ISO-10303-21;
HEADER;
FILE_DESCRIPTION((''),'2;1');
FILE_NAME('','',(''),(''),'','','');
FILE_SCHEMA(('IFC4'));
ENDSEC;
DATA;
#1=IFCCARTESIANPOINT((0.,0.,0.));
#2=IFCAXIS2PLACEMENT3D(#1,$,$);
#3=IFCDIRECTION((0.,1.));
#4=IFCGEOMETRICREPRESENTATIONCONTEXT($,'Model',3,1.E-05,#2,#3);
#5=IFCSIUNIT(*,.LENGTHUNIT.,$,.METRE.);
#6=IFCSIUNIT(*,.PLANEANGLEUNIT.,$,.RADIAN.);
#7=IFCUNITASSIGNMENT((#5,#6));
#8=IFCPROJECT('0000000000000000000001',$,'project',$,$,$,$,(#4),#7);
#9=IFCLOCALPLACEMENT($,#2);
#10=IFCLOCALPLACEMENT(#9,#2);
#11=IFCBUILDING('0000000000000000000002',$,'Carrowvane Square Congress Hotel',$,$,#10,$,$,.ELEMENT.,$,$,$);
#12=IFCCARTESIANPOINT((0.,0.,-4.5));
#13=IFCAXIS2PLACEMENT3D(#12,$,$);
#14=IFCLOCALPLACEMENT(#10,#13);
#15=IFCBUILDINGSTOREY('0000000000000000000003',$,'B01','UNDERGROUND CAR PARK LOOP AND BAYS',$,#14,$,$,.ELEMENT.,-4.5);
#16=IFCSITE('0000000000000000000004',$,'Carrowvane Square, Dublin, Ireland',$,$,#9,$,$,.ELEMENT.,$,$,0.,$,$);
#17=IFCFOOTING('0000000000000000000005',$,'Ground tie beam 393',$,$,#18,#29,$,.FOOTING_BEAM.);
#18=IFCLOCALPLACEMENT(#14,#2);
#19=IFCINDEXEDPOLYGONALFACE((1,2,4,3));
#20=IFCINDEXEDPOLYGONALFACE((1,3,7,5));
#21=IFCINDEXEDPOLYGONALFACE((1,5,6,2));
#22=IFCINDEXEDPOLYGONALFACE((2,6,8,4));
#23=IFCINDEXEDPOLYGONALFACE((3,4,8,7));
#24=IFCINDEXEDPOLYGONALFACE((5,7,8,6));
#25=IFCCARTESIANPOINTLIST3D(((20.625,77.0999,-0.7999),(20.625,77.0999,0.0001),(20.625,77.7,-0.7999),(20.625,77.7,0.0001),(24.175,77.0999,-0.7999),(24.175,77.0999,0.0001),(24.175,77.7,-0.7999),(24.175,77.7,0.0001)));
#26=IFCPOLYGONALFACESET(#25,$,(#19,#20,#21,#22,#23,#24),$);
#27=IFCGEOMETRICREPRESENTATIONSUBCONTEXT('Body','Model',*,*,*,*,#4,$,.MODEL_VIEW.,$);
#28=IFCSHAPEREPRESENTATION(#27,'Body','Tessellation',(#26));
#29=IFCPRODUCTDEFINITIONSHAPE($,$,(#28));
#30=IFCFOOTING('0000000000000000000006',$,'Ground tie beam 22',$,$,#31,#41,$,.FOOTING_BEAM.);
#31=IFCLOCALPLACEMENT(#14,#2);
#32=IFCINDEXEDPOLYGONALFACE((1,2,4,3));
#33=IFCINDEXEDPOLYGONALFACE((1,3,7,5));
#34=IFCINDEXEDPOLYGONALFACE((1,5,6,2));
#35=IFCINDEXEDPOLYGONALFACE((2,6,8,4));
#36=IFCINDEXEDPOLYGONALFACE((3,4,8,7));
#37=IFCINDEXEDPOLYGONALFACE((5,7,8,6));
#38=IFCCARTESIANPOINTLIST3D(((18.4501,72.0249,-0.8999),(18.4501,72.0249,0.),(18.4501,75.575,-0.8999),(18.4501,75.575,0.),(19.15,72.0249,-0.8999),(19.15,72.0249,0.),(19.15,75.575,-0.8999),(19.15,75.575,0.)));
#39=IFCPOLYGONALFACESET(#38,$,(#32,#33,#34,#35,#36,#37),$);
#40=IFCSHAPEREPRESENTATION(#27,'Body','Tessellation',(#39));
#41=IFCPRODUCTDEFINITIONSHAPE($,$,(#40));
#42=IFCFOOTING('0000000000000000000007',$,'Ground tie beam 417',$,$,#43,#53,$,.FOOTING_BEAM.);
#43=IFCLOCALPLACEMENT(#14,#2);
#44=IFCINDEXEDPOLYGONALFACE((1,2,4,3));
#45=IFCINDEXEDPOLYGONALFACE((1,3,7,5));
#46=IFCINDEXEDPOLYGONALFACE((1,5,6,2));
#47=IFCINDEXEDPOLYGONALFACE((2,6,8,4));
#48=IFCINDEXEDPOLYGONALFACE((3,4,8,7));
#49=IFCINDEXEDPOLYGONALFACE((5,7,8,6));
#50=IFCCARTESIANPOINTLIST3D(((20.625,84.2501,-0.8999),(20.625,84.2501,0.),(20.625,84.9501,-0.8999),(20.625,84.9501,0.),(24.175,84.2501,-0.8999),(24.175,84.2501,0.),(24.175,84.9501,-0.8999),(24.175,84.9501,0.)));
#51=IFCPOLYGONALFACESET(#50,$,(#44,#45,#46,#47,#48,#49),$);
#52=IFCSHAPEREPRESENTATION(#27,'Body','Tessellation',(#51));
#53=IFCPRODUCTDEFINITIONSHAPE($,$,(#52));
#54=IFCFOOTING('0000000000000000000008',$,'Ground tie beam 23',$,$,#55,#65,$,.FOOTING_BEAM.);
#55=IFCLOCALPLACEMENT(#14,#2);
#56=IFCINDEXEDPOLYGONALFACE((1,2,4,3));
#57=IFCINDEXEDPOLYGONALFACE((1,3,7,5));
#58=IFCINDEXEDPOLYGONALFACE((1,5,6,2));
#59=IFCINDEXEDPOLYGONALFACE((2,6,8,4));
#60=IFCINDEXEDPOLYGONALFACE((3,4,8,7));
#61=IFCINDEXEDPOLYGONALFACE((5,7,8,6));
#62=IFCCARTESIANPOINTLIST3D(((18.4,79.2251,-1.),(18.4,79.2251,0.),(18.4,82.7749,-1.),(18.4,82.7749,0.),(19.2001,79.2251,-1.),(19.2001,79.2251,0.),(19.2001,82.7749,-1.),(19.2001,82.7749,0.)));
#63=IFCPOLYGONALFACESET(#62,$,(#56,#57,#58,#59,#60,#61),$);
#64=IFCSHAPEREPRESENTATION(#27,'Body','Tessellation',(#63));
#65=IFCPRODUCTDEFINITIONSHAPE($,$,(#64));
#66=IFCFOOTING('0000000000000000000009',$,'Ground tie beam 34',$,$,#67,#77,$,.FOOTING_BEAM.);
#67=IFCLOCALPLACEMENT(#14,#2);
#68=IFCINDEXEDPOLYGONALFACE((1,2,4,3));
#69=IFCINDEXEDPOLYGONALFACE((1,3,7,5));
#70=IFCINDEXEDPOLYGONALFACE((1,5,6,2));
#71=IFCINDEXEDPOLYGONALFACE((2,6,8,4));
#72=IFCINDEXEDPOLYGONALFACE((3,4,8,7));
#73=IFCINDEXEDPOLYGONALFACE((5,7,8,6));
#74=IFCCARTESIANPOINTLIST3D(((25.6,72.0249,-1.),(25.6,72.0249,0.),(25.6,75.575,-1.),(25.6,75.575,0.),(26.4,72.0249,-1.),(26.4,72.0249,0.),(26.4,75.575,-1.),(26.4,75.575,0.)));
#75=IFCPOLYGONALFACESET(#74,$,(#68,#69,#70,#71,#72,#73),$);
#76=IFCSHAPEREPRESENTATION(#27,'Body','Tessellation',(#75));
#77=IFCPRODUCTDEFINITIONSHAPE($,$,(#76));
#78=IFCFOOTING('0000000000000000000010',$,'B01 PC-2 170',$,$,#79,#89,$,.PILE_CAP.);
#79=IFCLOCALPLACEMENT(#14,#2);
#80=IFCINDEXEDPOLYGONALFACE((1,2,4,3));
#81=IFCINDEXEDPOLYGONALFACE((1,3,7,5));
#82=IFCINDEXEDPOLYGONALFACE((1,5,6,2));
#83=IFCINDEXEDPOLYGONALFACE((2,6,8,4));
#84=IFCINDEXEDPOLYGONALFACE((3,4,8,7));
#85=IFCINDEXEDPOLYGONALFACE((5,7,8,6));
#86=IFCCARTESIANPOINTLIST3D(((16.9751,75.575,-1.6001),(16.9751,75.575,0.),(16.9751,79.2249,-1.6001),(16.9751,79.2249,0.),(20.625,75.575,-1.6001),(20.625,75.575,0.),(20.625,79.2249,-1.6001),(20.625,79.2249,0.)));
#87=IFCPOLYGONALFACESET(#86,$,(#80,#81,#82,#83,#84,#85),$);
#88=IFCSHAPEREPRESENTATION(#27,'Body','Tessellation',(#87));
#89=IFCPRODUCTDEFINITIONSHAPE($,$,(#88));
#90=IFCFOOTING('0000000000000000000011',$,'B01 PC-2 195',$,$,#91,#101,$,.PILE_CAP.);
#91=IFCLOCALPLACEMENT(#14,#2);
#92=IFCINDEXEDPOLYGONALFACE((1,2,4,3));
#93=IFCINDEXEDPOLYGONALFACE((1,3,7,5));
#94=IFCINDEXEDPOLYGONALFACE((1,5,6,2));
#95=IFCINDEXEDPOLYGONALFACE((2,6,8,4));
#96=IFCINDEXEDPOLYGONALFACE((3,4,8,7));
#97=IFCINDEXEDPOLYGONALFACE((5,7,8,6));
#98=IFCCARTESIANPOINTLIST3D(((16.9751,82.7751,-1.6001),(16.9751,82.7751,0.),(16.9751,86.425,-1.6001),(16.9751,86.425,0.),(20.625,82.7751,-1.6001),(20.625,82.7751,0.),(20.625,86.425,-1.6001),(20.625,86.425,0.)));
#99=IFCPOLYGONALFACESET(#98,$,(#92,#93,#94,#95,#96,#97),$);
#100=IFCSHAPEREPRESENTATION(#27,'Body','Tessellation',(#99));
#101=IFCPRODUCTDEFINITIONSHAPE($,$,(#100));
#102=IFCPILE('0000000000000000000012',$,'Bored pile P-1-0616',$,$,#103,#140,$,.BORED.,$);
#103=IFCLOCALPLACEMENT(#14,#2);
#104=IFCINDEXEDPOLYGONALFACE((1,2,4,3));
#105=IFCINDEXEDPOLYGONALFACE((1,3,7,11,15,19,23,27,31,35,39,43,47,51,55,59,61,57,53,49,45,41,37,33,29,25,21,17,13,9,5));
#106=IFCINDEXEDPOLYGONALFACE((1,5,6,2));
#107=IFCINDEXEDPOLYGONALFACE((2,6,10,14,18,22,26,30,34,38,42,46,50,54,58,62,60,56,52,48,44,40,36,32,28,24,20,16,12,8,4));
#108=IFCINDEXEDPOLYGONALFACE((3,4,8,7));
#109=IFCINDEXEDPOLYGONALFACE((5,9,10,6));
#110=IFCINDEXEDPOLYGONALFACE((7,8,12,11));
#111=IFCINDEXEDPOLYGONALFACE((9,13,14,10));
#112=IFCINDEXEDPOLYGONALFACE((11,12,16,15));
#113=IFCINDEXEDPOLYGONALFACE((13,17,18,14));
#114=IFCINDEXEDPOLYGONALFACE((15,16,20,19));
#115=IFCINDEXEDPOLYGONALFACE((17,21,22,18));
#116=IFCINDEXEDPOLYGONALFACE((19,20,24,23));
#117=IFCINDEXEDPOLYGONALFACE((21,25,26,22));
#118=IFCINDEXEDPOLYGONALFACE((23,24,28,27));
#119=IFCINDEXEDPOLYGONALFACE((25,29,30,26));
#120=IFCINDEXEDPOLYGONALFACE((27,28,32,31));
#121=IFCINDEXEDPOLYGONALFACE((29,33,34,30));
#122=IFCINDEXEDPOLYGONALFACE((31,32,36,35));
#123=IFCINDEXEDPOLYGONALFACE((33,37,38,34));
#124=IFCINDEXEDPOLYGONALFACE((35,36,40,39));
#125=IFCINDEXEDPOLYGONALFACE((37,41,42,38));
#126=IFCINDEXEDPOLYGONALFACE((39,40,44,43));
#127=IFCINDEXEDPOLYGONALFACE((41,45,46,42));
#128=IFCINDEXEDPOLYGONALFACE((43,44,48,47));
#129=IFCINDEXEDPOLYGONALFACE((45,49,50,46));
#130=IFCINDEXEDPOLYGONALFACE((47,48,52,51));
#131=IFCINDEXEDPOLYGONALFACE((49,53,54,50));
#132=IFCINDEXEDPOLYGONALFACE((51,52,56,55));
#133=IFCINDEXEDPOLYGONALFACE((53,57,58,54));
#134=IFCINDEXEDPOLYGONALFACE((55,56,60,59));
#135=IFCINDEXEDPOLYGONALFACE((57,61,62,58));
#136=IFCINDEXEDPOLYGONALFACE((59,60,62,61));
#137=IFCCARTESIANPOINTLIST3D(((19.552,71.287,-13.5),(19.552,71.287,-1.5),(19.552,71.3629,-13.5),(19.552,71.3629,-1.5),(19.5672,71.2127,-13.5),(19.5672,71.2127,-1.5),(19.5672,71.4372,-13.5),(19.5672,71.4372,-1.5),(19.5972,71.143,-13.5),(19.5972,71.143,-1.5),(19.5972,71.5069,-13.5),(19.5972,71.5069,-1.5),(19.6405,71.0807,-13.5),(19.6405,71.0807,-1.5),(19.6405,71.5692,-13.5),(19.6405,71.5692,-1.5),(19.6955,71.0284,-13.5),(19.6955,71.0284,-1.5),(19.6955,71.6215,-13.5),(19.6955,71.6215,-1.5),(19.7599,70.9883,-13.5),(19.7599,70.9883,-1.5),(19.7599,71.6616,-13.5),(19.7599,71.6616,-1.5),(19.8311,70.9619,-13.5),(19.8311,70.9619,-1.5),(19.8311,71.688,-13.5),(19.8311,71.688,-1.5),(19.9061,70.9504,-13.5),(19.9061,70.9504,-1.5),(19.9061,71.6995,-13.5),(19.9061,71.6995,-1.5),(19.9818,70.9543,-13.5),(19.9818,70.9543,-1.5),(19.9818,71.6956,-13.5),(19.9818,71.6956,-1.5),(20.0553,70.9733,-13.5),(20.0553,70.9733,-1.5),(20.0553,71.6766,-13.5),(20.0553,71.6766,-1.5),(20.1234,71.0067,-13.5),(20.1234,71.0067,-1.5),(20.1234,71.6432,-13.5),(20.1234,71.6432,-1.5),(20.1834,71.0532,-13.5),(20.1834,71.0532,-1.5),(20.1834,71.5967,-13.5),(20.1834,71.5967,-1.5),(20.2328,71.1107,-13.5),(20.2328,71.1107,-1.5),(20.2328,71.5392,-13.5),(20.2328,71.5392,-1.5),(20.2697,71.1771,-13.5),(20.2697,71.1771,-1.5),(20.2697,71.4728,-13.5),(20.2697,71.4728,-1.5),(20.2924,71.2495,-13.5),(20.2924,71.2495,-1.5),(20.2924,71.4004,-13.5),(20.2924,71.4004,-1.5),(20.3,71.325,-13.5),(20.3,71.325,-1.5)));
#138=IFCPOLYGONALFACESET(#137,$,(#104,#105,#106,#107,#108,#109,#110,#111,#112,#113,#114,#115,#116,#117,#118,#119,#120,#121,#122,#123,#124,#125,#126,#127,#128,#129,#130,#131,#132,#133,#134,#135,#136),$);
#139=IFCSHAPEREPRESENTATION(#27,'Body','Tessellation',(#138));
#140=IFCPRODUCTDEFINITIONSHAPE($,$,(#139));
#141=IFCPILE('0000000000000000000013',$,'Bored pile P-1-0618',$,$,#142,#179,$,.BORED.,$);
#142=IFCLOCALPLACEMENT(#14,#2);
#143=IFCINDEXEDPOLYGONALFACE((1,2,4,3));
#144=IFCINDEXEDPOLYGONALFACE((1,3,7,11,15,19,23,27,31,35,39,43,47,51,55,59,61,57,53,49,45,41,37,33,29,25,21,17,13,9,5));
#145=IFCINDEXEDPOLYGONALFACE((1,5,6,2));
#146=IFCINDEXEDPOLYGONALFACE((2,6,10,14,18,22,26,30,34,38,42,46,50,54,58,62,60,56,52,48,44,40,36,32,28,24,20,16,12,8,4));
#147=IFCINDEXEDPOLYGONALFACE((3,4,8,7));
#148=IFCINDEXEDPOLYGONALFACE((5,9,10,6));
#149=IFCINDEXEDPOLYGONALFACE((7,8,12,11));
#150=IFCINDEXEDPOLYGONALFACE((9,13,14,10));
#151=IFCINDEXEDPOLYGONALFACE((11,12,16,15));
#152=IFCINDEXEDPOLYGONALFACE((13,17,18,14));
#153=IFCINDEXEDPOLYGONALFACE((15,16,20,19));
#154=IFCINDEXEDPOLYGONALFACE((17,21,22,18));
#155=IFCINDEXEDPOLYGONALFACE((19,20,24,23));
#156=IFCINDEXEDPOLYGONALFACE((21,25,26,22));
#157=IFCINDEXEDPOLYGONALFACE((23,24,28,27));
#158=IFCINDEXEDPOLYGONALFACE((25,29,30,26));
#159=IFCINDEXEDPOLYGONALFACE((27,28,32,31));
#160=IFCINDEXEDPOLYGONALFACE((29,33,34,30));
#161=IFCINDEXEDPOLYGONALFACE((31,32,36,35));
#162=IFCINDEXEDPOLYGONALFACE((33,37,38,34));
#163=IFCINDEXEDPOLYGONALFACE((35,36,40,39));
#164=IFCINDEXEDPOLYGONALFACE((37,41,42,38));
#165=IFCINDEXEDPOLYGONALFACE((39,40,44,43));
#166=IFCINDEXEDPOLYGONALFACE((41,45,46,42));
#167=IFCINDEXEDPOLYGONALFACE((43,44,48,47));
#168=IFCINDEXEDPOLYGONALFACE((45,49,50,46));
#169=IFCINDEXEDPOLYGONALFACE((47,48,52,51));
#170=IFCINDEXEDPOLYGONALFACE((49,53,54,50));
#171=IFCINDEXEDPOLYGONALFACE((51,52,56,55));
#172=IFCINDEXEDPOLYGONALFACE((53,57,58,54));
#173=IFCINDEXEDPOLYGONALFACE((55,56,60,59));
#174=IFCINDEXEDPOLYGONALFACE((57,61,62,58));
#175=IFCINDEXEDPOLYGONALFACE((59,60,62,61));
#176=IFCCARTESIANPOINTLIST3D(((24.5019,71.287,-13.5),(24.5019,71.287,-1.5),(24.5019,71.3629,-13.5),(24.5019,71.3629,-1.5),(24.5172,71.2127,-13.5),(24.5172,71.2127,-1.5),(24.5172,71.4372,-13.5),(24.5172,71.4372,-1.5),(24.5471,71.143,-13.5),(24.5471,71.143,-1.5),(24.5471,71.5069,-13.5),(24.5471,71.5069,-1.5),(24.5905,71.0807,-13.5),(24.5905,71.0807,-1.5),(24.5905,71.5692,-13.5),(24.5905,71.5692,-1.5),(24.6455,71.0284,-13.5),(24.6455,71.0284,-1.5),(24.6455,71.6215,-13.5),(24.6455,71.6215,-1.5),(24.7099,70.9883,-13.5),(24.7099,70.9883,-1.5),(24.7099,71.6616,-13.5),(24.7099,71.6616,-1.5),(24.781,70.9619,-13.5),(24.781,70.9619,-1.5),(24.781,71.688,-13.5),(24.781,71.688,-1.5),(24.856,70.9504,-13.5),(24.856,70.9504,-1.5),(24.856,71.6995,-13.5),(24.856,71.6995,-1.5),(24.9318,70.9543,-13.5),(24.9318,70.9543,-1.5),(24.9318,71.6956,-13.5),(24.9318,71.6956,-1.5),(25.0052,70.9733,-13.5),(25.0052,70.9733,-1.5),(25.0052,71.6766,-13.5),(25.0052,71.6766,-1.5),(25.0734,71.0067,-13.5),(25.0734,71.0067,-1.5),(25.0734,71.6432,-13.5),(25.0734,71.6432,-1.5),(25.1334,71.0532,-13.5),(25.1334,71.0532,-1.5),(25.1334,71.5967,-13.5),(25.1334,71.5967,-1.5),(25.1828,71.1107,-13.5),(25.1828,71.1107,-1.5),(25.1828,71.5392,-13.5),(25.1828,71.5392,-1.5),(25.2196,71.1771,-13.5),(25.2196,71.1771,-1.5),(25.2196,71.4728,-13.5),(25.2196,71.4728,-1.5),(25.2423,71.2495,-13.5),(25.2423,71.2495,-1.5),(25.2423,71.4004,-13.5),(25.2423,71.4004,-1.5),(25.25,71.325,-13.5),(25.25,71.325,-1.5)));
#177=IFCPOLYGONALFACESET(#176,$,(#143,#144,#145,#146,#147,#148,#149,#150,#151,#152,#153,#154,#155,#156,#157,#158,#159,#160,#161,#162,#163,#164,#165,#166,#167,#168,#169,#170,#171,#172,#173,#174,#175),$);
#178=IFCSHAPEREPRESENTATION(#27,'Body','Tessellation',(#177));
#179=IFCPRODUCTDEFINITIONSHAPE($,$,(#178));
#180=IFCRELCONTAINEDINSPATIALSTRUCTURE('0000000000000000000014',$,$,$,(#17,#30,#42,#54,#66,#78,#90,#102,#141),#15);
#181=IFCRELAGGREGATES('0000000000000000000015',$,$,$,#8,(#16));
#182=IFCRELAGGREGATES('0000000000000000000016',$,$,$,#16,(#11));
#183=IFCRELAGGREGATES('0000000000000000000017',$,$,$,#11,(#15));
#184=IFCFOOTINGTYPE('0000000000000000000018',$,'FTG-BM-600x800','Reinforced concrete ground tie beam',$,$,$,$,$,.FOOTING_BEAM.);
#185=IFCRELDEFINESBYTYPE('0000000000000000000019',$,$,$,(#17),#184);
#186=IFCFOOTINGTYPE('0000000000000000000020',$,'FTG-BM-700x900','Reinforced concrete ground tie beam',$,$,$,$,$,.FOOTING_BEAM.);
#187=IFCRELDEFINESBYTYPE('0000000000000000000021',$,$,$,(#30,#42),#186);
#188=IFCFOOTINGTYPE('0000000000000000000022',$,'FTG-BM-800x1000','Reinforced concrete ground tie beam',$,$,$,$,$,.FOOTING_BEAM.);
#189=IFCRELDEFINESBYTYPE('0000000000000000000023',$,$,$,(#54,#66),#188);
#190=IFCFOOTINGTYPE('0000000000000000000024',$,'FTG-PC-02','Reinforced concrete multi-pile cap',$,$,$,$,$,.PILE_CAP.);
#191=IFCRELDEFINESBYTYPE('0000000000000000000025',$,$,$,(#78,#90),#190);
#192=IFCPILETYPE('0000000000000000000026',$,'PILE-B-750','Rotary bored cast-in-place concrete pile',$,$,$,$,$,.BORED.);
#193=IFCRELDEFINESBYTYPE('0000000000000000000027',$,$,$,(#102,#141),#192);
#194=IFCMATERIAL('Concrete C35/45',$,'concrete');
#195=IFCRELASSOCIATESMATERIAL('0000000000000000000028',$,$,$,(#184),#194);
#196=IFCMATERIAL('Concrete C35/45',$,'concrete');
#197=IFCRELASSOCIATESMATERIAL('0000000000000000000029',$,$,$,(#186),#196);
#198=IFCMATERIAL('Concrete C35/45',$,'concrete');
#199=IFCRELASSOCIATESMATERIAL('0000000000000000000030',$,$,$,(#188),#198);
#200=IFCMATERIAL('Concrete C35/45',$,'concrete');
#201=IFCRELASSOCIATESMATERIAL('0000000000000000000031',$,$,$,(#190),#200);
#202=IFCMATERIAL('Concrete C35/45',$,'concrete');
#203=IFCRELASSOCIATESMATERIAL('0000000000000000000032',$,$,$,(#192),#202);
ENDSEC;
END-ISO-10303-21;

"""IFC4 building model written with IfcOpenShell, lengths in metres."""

from ifc_helpers import new_model, si_unit, direction, frame, origin, origin_2d, place, context, subcontext, project, spatial, rectangle, circle, extrude, material, material_profile, profile_set, type_object, element, save


model = new_model("IFC4")

# Units and contexts
model_context = context("Model", 3, precision=1e-05, world=origin(), true_north=direction((0.0, 1.0)))
body_context = subcontext(model_context, "Body", "Model", "MODEL_VIEW")
ifc_project = project(units=[si_unit("LENGTHUNIT", "METRE"), si_unit("PLANEANGLEUNIT", "RADIAN")], contexts=[model_context])

# Site, building, storey
site_placement = place(None, origin())
site = spatial("IfcSite", under=ifc_project, at=site_placement, Name="Carrowvane Square, Dublin, Ireland", CompositionType="ELEMENT", RefElevation=0.0)
building_placement = place(site_placement, origin())
building = spatial("IfcBuilding", under=site, at=building_placement, Name="Carrowvane Square Congress Hotel", CompositionType="ELEMENT")
storey_placement = place(building_placement, frame((0.0, 0.0, -4.5)))
storey = spatial("IfcBuildingStorey", under=building, at=storey_placement, Name="B01", Description="UNDERGROUND CAR PARK LOOP AND BAYS", CompositionType="ELEMENT", Elevation=-4.5)

# Footings
ifc_material_1 = material(Name="Concrete C35/45", Category="concrete")
ifc_material_profile_1 = material_profile(ifc_material_1, rectangle(XDim=0.6001, YDim=0.8, at=origin_2d()), Name="RC 600x800")
ifc_profile_set_1 = profile_set([ifc_material_profile_1], Name="Concrete C35/45")
footing_type_1 = type_object("IfcFootingType", Name="FTG-BM-600x800", Description="Reinforced concrete ground tie beam", PredefinedType="FOOTING_BEAM", material=ifc_profile_set_1)
footing_1_placement = place(storey_placement, frame((20.625, 77.3999, -0.3999), z_axis=(1.0, 0.0, 0.0), x_axis=(0.0, 1.0, 0.0)))
element("IfcFooting", 1, at=footing_1_placement, inside=storey, type_object=footing_type_1, Name="Ground tie beam 393", PredefinedType="FOOTING_BEAM", context=body_context, shape_type="SweptSolid", body=[
    extrude(rectangle(XDim=0.6001, YDim=0.8, at=origin_2d()), origin(), (0.0, 0.0, 1.0), 3.55),
])
ifc_material_2 = material(Name="Concrete C35/45", Category="concrete")
ifc_material_profile_2 = material_profile(ifc_material_2, rectangle(XDim=0.7, YDim=0.8999, at=origin_2d()), Name="RC 700x900")
ifc_profile_set_2 = profile_set([ifc_material_profile_2], Name="Concrete C35/45")
footing_type_2 = type_object("IfcFootingType", Name="FTG-BM-700x900", Description="Reinforced concrete ground tie beam", PredefinedType="FOOTING_BEAM", material=ifc_profile_set_2)
for number, where, z_axis, x_axis, name in (
    (2, (18.8, 72.0249, -0.45), (0.0, 1.0, 0.0), (-1.0, 0.0, 0.0), "Ground tie beam 22"),
    (3, (20.625, 84.6001, -0.45), (1.0, 0.0, 0.0), (0.0, 1.0, 0.0), "Ground tie beam 417"),
):
    element("IfcFooting", number, at=place(storey_placement, frame(where, z_axis=z_axis, x_axis=x_axis)), inside=storey, type_object=footing_type_2, Name=name, PredefinedType="FOOTING_BEAM", context=body_context, shape_type="SweptSolid", body=[
        extrude(rectangle(XDim=0.7, YDim=0.8999, at=origin_2d()), origin(), (0.0, 0.0, 1.0), 3.55),
    ])
ifc_material_3 = material(Name="Concrete C35/45", Category="concrete")
ifc_material_profile_3 = material_profile(ifc_material_3, rectangle(XDim=0.8, YDim=1.0, at=origin_2d()), Name="RC 800x1000")
ifc_profile_set_3 = profile_set([ifc_material_profile_3], Name="Concrete C35/45")
footing_type_3 = type_object("IfcFootingType", Name="FTG-BM-800x1000", Description="Reinforced concrete ground tie beam", PredefinedType="FOOTING_BEAM", material=ifc_profile_set_3)
footing_2_placement = place(storey_placement, frame((18.8, 79.2251, -0.5), z_axis=(0.0, 1.0, 0.0), x_axis=(-1.0, 0.0, 0.0)))
element("IfcFooting", 4, at=footing_2_placement, inside=storey, type_object=footing_type_3, Name="Ground tie beam 23", PredefinedType="FOOTING_BEAM", context=body_context, shape_type="SweptSolid", body=[
    extrude(rectangle(XDim=0.8, YDim=1.0, at=origin_2d()), origin(), (0.0, 0.0, 1.0), 3.5498),
])
footing_3_placement = place(storey_placement, frame((26.0, 72.0249, -0.5), z_axis=(0.0, 1.0, 0.0), x_axis=(-1.0, 0.0, 0.0)))
element("IfcFooting", 5, at=footing_3_placement, inside=storey, type_object=footing_type_3, Name="Ground tie beam 34", PredefinedType="FOOTING_BEAM", context=body_context, shape_type="SweptSolid", body=[
    extrude(rectangle(XDim=0.8, YDim=1.0, at=origin_2d()), origin(), (0.0, 0.0, 1.0), 3.55),
])
ifc_material_4 = material(Name="Concrete C35/45", Category="concrete")
footing_type_4 = type_object("IfcFootingType", Name="FTG-PC-02", Description="Reinforced concrete multi-pile cap", PredefinedType="PILE_CAP", material=ifc_material_4)
for number, where, z_axis, x_axis, name in (
    (6, (18.8, 77.3999, -1.6001), (0.0, 0.0, 1.0), (1.0, 0.0, 0.0), "B01 PC-2 170"),
    (7, (18.8, 84.6001, -1.6001), (0.0, 0.0, 1.0), (1.0, 0.0, 0.0), "B01 PC-2 195"),
):
    element("IfcFooting", number, at=place(storey_placement, frame(where, z_axis=z_axis, x_axis=x_axis)), inside=storey, type_object=footing_type_4, Name=name, PredefinedType="PILE_CAP", context=body_context, shape_type="SweptSolid", body=[
        extrude(rectangle(XDim=3.6499, YDim=3.6499, at=origin_2d()), origin(), (0.0, 0.0, 1.0), 1.6001),
    ])

# Piles
ifc_material_5 = material(Name="Concrete C35/45", Category="concrete")
ifc_material_profile_4 = material_profile(ifc_material_5, circle(Radius=0.375, at=origin_2d()), Name="PILE D750")
ifc_profile_set_4 = profile_set([ifc_material_profile_4], Name="Concrete C35/45")
pile_type = type_object("IfcPileType", Name="PILE-B-750", Description="Rotary bored cast-in-place concrete pile", PredefinedType="BORED", material=ifc_profile_set_4)
for number, where, z_axis, x_axis, name in (
    (8, (19.925, 71.325, -1.5), (0.0, 0.0, -1.0), (1.0, 0.0, 0.0), "Bored pile P-1-0616"),
    (9, (24.875, 71.325, -1.5), (0.0, 0.0, -1.0), (1.0, 0.0, 0.0), "Bored pile P-1-0618"),
):
    element("IfcPile", number, at=place(storey_placement, frame(where, z_axis=z_axis, x_axis=x_axis)), inside=storey, type_object=pile_type, Name=name, PredefinedType="BORED", context=body_context, shape_type="SweptSolid", body=[
        extrude(circle(Radius=0.375, at=origin_2d()), origin(), (0.0, 0.0, 1.0), 12.0),
    ])

save(model, "model.ifc")
